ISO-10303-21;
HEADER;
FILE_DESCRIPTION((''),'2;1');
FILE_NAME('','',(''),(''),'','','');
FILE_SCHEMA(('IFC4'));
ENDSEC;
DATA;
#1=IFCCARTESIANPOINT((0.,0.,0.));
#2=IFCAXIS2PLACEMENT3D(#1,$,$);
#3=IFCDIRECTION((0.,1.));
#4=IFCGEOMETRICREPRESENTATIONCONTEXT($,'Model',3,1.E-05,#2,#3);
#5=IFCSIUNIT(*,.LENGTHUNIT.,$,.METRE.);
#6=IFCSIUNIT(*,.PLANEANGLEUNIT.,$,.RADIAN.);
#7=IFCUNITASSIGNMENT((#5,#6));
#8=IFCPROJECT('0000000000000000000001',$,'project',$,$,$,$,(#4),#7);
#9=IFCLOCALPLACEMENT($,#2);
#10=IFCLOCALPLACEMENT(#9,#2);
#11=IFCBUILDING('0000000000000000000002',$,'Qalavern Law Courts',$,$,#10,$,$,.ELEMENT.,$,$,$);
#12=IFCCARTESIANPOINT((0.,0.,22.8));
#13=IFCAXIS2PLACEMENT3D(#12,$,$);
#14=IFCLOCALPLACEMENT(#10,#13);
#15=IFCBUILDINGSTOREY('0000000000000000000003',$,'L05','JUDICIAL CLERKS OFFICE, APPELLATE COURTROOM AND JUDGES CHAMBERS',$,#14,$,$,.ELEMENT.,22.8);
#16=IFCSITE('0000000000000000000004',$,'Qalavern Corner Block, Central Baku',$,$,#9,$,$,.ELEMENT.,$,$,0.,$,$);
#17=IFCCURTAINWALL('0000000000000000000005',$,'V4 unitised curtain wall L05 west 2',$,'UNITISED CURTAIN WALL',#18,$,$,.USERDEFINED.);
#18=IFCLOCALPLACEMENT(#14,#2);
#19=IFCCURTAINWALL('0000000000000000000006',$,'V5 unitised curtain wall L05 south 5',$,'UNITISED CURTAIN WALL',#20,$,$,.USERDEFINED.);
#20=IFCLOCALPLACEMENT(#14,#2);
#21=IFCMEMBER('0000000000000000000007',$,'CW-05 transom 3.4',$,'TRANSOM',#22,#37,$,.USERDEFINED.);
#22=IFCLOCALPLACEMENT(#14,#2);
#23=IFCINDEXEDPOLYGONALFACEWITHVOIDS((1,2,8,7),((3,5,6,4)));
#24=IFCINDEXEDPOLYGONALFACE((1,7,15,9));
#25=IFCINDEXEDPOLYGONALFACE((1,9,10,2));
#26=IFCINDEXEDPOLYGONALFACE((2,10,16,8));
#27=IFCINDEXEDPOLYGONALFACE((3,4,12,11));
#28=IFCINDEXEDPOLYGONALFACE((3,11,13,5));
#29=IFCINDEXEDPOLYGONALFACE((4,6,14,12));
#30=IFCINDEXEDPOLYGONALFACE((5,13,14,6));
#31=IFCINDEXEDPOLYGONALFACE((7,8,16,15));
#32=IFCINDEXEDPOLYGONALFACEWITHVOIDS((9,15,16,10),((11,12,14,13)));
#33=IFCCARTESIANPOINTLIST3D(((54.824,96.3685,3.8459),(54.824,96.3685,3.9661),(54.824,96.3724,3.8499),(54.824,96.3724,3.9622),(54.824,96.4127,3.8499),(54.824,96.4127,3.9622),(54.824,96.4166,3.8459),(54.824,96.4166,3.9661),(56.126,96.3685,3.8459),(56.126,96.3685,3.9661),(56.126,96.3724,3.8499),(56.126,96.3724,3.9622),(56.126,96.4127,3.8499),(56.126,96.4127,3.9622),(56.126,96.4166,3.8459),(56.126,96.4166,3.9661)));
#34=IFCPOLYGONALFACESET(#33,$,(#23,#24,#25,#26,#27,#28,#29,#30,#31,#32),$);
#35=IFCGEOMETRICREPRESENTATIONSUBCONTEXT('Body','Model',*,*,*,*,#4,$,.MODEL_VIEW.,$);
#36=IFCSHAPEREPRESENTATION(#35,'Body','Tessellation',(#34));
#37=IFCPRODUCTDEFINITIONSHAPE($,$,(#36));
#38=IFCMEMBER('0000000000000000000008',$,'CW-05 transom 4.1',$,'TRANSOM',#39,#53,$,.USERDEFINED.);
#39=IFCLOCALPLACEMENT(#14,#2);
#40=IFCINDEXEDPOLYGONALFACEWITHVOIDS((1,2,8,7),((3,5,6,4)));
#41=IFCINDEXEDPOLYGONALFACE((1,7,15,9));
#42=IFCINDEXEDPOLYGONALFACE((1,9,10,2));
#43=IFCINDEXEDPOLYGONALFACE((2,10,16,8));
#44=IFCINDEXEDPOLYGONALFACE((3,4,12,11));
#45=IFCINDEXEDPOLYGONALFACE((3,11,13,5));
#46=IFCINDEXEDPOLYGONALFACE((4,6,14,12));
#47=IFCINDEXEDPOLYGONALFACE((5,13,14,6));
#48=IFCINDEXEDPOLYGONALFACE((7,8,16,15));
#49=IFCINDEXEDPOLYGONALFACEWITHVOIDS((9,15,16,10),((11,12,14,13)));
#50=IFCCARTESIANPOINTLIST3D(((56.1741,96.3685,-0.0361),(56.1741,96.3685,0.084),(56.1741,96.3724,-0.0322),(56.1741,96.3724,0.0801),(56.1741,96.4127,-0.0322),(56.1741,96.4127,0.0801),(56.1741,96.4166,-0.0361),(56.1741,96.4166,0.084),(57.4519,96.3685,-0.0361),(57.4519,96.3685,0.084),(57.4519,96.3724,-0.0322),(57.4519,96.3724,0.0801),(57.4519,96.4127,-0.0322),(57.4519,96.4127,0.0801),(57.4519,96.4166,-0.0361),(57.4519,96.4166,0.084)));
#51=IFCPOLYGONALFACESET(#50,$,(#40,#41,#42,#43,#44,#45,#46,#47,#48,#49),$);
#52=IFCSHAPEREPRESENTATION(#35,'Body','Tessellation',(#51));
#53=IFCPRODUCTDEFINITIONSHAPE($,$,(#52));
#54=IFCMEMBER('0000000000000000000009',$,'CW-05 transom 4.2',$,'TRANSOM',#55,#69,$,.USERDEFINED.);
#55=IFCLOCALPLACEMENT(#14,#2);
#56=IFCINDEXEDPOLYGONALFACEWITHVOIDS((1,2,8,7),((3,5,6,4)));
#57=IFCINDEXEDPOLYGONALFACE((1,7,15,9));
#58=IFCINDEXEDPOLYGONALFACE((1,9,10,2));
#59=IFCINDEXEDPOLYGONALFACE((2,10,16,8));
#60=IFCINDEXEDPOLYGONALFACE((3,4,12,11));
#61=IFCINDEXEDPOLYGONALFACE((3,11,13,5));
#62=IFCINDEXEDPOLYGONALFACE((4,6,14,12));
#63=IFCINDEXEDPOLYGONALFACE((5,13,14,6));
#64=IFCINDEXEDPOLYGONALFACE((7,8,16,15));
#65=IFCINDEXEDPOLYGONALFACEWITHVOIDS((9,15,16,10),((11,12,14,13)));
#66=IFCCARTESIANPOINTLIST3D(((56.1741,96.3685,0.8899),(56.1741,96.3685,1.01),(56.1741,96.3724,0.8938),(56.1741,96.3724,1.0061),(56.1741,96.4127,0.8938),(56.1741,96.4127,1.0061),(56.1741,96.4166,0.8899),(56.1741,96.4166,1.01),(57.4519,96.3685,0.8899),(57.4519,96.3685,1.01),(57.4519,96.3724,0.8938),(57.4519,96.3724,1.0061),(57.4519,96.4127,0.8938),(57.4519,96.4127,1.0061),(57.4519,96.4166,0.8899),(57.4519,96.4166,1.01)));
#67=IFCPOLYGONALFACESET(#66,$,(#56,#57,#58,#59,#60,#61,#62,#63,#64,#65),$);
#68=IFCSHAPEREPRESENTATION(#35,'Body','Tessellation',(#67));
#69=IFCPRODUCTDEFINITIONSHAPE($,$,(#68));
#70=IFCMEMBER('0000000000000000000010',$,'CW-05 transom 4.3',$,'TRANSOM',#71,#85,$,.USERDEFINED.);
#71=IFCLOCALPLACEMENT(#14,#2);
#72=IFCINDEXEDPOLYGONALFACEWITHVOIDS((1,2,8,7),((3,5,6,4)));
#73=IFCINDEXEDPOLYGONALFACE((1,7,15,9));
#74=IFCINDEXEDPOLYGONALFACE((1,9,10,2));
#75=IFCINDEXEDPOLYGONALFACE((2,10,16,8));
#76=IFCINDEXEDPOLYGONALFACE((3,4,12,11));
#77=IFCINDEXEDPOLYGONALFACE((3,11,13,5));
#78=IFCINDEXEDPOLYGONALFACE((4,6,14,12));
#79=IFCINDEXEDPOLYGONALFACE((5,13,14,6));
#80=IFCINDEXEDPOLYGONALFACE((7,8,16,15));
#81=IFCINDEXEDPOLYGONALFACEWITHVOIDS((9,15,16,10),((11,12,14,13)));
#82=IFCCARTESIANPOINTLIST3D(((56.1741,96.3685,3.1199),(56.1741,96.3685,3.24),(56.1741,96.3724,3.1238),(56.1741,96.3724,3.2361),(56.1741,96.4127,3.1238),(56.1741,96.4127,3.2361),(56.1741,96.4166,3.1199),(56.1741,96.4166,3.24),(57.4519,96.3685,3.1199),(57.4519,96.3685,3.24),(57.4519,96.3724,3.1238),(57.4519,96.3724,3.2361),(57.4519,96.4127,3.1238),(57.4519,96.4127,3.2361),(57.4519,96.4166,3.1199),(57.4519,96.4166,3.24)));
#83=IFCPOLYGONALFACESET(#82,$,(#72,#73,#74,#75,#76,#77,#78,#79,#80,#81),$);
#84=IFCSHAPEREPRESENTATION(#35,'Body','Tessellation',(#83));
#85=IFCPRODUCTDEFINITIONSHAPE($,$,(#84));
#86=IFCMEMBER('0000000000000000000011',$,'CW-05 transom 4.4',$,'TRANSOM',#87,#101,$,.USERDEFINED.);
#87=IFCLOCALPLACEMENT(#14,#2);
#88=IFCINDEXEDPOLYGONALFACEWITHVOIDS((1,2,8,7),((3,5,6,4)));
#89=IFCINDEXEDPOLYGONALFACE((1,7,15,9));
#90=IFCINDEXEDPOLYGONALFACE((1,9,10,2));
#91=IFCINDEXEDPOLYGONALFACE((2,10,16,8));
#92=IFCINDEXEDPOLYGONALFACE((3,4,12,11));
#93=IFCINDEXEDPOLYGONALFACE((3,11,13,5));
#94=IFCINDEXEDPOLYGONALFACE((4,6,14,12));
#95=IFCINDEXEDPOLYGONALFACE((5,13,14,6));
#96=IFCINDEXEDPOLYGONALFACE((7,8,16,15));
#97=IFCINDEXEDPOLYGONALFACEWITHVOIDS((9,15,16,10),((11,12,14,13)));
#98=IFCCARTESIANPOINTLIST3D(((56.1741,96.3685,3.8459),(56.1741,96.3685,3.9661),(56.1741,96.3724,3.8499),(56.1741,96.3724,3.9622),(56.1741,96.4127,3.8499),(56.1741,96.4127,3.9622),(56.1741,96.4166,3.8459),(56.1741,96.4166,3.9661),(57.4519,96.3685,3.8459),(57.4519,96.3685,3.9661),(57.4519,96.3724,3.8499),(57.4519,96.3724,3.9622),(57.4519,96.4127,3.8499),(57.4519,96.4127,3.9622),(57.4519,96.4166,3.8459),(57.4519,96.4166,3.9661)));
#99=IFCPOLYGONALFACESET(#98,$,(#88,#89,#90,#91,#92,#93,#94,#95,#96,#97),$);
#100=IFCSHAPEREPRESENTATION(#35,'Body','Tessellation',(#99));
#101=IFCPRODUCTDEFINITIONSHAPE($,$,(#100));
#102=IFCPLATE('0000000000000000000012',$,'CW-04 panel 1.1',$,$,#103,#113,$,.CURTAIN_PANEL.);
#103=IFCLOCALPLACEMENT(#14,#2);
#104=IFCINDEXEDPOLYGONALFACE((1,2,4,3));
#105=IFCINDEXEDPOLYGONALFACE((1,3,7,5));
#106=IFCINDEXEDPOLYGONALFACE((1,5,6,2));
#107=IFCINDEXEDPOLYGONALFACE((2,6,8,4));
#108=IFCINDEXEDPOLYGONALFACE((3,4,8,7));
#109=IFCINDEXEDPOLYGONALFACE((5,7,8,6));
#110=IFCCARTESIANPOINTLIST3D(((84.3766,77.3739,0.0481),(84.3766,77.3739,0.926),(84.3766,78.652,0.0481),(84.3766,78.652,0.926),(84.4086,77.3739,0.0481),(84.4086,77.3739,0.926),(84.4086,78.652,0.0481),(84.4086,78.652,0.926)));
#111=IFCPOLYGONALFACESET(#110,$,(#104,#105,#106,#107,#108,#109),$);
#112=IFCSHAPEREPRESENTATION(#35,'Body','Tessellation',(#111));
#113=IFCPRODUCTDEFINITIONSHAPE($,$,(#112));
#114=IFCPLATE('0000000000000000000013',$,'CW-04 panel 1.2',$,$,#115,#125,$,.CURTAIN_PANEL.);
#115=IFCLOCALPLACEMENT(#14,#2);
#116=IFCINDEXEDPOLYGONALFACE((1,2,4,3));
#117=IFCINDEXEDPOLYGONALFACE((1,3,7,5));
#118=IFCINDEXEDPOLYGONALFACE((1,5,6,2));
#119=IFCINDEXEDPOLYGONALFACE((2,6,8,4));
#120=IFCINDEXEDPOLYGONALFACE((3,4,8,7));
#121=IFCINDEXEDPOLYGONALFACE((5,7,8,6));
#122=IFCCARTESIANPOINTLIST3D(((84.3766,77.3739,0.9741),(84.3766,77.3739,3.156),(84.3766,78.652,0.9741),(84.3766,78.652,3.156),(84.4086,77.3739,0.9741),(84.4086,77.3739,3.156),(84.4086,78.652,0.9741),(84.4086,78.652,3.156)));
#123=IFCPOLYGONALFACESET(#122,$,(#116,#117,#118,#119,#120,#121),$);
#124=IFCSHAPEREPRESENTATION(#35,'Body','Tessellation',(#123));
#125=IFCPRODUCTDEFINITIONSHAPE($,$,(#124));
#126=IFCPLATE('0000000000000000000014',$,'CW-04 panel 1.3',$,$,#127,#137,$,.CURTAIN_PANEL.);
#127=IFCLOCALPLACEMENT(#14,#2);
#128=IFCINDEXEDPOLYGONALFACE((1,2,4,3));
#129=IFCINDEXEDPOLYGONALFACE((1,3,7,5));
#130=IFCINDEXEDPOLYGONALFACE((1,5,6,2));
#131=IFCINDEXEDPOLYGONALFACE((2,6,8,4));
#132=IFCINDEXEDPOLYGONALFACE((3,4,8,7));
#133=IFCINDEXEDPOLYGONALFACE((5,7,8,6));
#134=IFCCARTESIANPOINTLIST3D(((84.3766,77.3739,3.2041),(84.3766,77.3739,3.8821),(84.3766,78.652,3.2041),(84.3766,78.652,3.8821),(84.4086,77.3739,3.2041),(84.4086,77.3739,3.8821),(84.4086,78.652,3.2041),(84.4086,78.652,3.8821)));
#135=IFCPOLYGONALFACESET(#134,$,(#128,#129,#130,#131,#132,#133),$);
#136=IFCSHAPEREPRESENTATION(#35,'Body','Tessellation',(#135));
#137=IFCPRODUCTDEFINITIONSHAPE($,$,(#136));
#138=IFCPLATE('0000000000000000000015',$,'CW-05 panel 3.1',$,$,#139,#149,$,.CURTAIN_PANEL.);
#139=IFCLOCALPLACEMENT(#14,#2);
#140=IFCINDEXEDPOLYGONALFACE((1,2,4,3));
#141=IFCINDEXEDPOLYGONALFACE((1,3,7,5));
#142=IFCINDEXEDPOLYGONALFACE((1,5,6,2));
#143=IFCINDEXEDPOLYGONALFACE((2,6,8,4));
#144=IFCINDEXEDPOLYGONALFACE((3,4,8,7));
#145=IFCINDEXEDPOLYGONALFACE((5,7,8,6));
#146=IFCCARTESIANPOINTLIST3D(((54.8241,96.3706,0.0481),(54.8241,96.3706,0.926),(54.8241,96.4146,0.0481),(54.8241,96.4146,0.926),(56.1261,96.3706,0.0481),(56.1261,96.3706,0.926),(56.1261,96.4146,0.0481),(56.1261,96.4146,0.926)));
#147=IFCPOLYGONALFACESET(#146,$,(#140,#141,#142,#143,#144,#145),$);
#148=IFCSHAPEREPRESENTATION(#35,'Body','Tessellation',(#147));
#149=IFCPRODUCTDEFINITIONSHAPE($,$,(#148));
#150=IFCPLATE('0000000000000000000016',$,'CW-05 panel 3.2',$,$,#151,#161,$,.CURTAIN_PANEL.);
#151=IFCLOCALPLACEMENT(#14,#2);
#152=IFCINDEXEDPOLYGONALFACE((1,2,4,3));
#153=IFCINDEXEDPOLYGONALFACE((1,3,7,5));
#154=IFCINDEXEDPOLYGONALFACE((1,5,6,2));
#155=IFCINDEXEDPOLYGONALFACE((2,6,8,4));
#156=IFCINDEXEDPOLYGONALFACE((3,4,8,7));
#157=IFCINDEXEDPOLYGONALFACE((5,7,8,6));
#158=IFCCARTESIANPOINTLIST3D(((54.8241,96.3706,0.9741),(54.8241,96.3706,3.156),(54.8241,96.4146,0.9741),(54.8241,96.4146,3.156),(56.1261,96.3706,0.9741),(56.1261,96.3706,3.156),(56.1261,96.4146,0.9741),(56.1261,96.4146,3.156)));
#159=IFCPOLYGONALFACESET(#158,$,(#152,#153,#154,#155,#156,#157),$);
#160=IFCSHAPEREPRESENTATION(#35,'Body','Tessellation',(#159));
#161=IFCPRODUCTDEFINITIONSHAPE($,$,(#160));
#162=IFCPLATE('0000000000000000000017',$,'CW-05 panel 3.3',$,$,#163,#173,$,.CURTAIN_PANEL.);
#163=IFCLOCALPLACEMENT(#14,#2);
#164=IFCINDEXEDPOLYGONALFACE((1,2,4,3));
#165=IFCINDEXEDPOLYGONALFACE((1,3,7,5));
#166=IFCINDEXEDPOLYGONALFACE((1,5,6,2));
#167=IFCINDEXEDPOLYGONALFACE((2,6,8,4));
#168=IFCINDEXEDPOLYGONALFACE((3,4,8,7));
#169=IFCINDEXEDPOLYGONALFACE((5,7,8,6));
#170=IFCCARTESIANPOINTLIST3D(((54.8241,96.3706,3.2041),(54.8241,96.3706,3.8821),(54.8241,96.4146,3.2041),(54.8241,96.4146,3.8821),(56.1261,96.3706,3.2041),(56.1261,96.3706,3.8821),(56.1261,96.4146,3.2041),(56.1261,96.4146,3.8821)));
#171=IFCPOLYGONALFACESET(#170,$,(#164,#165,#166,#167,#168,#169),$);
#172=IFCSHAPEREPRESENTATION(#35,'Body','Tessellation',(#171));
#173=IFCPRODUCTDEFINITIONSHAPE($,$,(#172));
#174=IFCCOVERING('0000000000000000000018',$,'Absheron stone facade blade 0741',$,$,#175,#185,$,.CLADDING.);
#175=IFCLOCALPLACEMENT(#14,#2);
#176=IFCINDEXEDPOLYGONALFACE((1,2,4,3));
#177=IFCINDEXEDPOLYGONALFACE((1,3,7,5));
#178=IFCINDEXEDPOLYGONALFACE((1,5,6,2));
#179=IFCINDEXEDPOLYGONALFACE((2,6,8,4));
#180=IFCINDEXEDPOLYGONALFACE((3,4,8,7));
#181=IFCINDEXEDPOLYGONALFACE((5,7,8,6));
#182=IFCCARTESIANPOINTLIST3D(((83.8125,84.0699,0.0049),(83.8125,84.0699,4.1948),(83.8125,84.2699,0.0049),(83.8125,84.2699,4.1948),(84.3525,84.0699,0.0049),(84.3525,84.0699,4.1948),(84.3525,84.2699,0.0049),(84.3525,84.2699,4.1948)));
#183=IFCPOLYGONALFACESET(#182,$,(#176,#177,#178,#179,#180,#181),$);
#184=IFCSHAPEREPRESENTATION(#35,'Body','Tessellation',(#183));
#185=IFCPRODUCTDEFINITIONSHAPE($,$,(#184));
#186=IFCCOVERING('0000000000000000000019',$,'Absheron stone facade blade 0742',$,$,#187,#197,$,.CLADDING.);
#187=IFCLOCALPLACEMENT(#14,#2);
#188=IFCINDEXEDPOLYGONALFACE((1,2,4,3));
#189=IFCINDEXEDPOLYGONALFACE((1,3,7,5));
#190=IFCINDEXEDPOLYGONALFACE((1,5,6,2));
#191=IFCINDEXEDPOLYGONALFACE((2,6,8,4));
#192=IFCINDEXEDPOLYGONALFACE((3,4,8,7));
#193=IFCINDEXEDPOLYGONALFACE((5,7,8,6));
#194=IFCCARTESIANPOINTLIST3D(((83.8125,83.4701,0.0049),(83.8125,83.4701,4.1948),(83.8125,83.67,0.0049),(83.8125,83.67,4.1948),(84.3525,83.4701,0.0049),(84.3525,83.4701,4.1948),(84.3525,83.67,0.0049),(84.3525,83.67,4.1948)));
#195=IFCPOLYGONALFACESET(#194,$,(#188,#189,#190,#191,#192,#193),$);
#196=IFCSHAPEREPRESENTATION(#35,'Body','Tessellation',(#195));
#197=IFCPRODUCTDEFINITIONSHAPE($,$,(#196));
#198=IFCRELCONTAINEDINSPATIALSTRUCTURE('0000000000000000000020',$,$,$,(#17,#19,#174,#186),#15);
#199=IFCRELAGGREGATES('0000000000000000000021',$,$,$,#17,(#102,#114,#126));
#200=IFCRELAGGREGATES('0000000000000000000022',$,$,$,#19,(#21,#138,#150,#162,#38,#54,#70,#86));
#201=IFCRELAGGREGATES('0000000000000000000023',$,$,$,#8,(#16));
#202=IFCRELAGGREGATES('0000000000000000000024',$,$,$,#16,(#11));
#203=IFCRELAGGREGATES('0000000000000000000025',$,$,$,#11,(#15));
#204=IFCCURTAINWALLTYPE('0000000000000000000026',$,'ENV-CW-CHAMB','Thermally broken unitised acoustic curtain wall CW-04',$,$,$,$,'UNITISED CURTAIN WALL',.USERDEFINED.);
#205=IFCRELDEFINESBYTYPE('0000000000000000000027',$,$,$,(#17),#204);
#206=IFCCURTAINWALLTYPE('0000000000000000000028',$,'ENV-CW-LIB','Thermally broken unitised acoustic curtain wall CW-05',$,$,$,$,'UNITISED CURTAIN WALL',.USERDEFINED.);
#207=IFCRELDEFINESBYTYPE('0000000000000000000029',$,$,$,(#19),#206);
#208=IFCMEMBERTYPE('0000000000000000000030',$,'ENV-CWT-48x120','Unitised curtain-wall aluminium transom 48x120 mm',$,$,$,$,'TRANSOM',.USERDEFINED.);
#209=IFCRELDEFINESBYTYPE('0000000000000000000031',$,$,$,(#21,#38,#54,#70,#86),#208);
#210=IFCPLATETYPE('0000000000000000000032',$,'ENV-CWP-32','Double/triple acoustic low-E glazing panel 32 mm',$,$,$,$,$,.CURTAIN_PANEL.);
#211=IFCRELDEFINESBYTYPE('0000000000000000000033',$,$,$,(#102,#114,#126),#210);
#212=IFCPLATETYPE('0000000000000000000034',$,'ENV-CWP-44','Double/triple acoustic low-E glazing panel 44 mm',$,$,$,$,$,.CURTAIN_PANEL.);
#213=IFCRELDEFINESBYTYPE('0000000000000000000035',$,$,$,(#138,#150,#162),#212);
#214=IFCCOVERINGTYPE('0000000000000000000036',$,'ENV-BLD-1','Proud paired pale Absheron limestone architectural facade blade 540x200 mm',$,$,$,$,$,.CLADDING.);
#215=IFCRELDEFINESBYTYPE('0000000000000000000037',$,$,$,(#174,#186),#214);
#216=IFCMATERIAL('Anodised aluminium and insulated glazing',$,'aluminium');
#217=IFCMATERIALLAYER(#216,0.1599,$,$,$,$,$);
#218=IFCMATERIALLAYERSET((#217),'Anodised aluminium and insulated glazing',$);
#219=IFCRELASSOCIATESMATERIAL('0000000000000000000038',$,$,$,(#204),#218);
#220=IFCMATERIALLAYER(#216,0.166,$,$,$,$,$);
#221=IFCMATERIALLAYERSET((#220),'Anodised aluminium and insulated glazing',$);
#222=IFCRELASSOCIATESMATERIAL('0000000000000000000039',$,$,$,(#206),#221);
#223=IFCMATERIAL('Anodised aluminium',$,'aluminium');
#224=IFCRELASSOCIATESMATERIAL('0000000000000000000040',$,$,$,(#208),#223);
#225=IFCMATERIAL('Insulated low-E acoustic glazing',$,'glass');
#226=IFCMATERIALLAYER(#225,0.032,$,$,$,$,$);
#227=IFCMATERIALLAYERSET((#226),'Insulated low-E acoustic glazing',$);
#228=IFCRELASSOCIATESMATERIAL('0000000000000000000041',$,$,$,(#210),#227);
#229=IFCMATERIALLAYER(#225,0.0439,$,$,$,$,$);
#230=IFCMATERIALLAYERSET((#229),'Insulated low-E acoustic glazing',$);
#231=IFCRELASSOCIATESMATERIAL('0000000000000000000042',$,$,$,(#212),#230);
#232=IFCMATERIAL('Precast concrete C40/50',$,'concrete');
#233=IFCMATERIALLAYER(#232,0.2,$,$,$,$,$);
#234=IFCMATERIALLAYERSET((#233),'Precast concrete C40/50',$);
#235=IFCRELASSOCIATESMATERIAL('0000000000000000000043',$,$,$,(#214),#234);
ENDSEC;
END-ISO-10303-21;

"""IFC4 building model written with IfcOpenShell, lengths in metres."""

from ifc_helpers import new_model, si_unit, direction, frame, origin, origin_2d, place, context, subcontext, project, spatial, rectangle, hollow_rectangle, extrude, material, layer, layer_set, material_profile, profile_set, type_object, element, aggregate, save


model = new_model("IFC4")

# Units and contexts
model_context = context("Model", 3, precision=1e-05, world=origin(), true_north=direction((0.0, 1.0)))
body_context = subcontext(model_context, "Body", "Model", "MODEL_VIEW")
ifc_project = project(units=[si_unit("LENGTHUNIT", "METRE"), si_unit("PLANEANGLEUNIT", "RADIAN")], contexts=[model_context])

# Site, building, storey
site_placement = place(None, origin())
site = spatial("IfcSite", under=ifc_project, at=site_placement, Name="Qalavern Corner Block, Central Baku", CompositionType="ELEMENT", RefElevation=0.0)
building_placement = place(site_placement, origin())
building = spatial("IfcBuilding", under=site, at=building_placement, Name="Qalavern Law Courts", CompositionType="ELEMENT")
storey_placement = place(building_placement, frame((0.0, 0.0, 22.8)))
storey = spatial("IfcBuildingStorey", under=building, at=storey_placement, Name="L05", Description="JUDICIAL CLERKS OFFICE, APPELLATE COURTROOM AND JUDGES CHAMBERS", CompositionType="ELEMENT", Elevation=22.8)

# Curtain wall
ifc_material_1 = material(Name="Anodised aluminium and insulated glazing", Category="aluminium")
ifc_layer_1 = layer(ifc_material_1, 0.1599)
ifc_layer_set_1 = layer_set([ifc_layer_1], Name="Anodised aluminium and insulated glazing")
curtain_wall_type_1 = type_object("IfcCurtainWallType", Name="ENV-CW-CHAMB", Description="Thermally broken unitised acoustic curtain wall CW-04", ElementType="UNITISED CURTAIN WALL", PredefinedType="USERDEFINED", material=ifc_layer_set_1)
curtain_wall_1_placement = place(storey_placement, origin())
curtain_wall_1 = element("IfcCurtainWall", 1, at=curtain_wall_1_placement, inside=storey, type_object=curtain_wall_type_1, Name="V4 unitised curtain wall L05 west 2", ObjectType="UNITISED CURTAIN WALL", PredefinedType="USERDEFINED")
ifc_material_2 = material(Name="Anodised aluminium", Category="aluminium")

# Curtain wall
ifc_layer_2 = layer(ifc_material_1, 0.166)
ifc_layer_set_2 = layer_set([ifc_layer_2], Name="Anodised aluminium and insulated glazing")
curtain_wall_type_2 = type_object("IfcCurtainWallType", Name="ENV-CW-LIB", Description="Thermally broken unitised acoustic curtain wall CW-05", ElementType="UNITISED CURTAIN WALL", PredefinedType="USERDEFINED", material=ifc_layer_set_2)
curtain_wall_2_placement = place(storey_placement, origin())
curtain_wall_2 = element("IfcCurtainWall", 2, at=curtain_wall_2_placement, inside=storey, type_object=curtain_wall_type_2, Name="V5 unitised curtain wall L05 south 5", ObjectType="UNITISED CURTAIN WALL", PredefinedType="USERDEFINED")

# Members
ifc_material_profile_1 = material_profile(ifc_material_2, hollow_rectangle(XDim=0.0481, YDim=0.1201, WallThickness=0.0039, at=origin_2d()), Name="ALU TRANSOM 48x120")
ifc_profile_set_1 = profile_set([ifc_material_profile_1], Name="Anodised aluminium")
member_type_1 = type_object("IfcMemberType", Name="ENV-CWT-48x120", Description="Unitised curtain-wall aluminium transom 48x120 mm", ElementType="TRANSOM", PredefinedType="USERDEFINED", material=ifc_profile_set_1)
member_1_placement = place(storey_placement, frame((54.824, 96.3926, 3.906), z_axis=(1.0, 0.0, 0.0), x_axis=(0.0, 1.0, 0.0)))
member_1 = element("IfcMember", 3, at=member_1_placement, type_object=member_type_1, Name="CW-05 transom 3.4", ObjectType="TRANSOM", PredefinedType="USERDEFINED", context=body_context, shape_type="SweptSolid", body=[
    extrude(hollow_rectangle(XDim=0.0481, YDim=0.1201, WallThickness=0.0039, at=origin_2d()), origin(), (0.0, 0.0, 1.0), 1.302),
])
member_2_placement = place(storey_placement, frame((56.1741, 96.3926, 0.0239), z_axis=(1.0, 0.0, 0.0), x_axis=(0.0, 1.0, 0.0)))
member_2 = element("IfcMember", 4, at=member_2_placement, type_object=member_type_1, Name="CW-05 transom 4.1", ObjectType="TRANSOM", PredefinedType="USERDEFINED", context=body_context, shape_type="SweptSolid", body=[
    extrude(hollow_rectangle(XDim=0.0481, YDim=0.1201, WallThickness=0.0039, at=origin_2d()), origin(), (0.0, 0.0, 1.0), 1.2778),
])
member_3_placement = place(storey_placement, frame((56.1741, 96.3926, 0.95), z_axis=(1.0, 0.0, 0.0), x_axis=(0.0, 1.0, 0.0)))
member_3 = element("IfcMember", 5, at=member_3_placement, type_object=member_type_1, Name="CW-05 transom 4.2", ObjectType="TRANSOM", PredefinedType="USERDEFINED", context=body_context, shape_type="SweptSolid", body=[
    extrude(hollow_rectangle(XDim=0.0481, YDim=0.1201, WallThickness=0.0039, at=origin_2d()), origin(), (0.0, 0.0, 1.0), 1.2778),
])
member_4_placement = place(storey_placement, frame((56.1741, 96.3926, 3.1799), z_axis=(1.0, 0.0, 0.0), x_axis=(0.0, 1.0, 0.0)))
member_4 = element("IfcMember", 6, at=member_4_placement, type_object=member_type_1, Name="CW-05 transom 4.3", ObjectType="TRANSOM", PredefinedType="USERDEFINED", context=body_context, shape_type="SweptSolid", body=[
    extrude(hollow_rectangle(XDim=0.0481, YDim=0.1201, WallThickness=0.0039, at=origin_2d()), origin(), (0.0, 0.0, 1.0), 1.2778),
])
member_5_placement = place(storey_placement, frame((56.1741, 96.3926, 3.906), z_axis=(1.0, 0.0, 0.0), x_axis=(0.0, 1.0, 0.0)))
member_5 = element("IfcMember", 7, at=member_5_placement, type_object=member_type_1, Name="CW-05 transom 4.4", ObjectType="TRANSOM", PredefinedType="USERDEFINED", context=body_context, shape_type="SweptSolid", body=[
    extrude(hollow_rectangle(XDim=0.0481, YDim=0.1201, WallThickness=0.0039, at=origin_2d()), origin(), (0.0, 0.0, 1.0), 1.2778),
])

# Plates
ifc_material_3 = material(Name="Insulated low-E acoustic glazing", Category="glass")
ifc_layer_3 = layer(ifc_material_3, 0.032)
ifc_layer_set_3 = layer_set([ifc_layer_3], Name="Insulated low-E acoustic glazing")
plate_type_1 = type_object("IfcPlateType", Name="ENV-CWP-32", Description="Double/triple acoustic low-E glazing panel 32 mm", PredefinedType="CURTAIN_PANEL", material=ifc_layer_set_3)
plate_1_placement = place(storey_placement, frame((84.3926, 78.0129, 0.0481), z_axis=(0.0, 0.0, 1.0), x_axis=(0.0, -1.0, 0.0)))
plate_1 = element("IfcPlate", 8, at=plate_1_placement, type_object=plate_type_1, Name="CW-04 panel 1.1", PredefinedType="CURTAIN_PANEL", context=body_context, shape_type="SweptSolid", body=[
    extrude(rectangle(XDim=1.2781, YDim=0.032, at=origin_2d()), origin(), (0.0, 0.0, 1.0), 0.8779),
])
plate_2_placement = place(storey_placement, frame((84.3926, 78.0129, 0.9741), z_axis=(0.0, 0.0, 1.0), x_axis=(0.0, -1.0, 0.0)))
plate_2 = element("IfcPlate", 9, at=plate_2_placement, type_object=plate_type_1, Name="CW-04 panel 1.2", PredefinedType="CURTAIN_PANEL", context=body_context, shape_type="SweptSolid", body=[
    extrude(rectangle(XDim=1.2781, YDim=0.032, at=origin_2d()), origin(), (0.0, 0.0, 1.0), 2.1819),
])
plate_3_placement = place(storey_placement, frame((84.3926, 78.0129, 3.2041), z_axis=(0.0, 0.0, 1.0), x_axis=(0.0, -1.0, 0.0)))
plate_3 = element("IfcPlate", 10, at=plate_3_placement, type_object=plate_type_1, Name="CW-04 panel 1.3", PredefinedType="CURTAIN_PANEL", context=body_context, shape_type="SweptSolid", body=[
    extrude(rectangle(XDim=1.2781, YDim=0.032, at=origin_2d()), origin(), (0.0, 0.0, 1.0), 0.678),
])
aggregate(curtain_wall_1, [plate_1, plate_2, plate_3])
ifc_layer_4 = layer(ifc_material_3, 0.0439)
ifc_layer_set_4 = layer_set([ifc_layer_4], Name="Insulated low-E acoustic glazing")
plate_type_2 = type_object("IfcPlateType", Name="ENV-CWP-44", Description="Double/triple acoustic low-E glazing panel 44 mm", PredefinedType="CURTAIN_PANEL", material=ifc_layer_set_4)
plate_4_placement = place(storey_placement, frame((55.4751, 96.3926, 0.0481), z_axis=(0.0, 0.0, 1.0), x_axis=(1.0, 0.0, 0.0)))
plate_4 = element("IfcPlate", 11, at=plate_4_placement, type_object=plate_type_2, Name="CW-05 panel 3.1", PredefinedType="CURTAIN_PANEL", context=body_context, shape_type="SweptSolid", body=[
    extrude(rectangle(XDim=1.302, YDim=0.0439, at=origin_2d()), origin(), (0.0, 0.0, 1.0), 0.8779),
])
plate_5_placement = place(storey_placement, frame((55.4751, 96.3926, 0.9741), z_axis=(0.0, 0.0, 1.0), x_axis=(1.0, 0.0, 0.0)))
plate_5 = element("IfcPlate", 12, at=plate_5_placement, type_object=plate_type_2, Name="CW-05 panel 3.2", PredefinedType="CURTAIN_PANEL", context=body_context, shape_type="SweptSolid", body=[
    extrude(rectangle(XDim=1.302, YDim=0.0439, at=origin_2d()), origin(), (0.0, 0.0, 1.0), 2.1819),
])
plate_6_placement = place(storey_placement, frame((55.4751, 96.3926, 3.2041), z_axis=(0.0, 0.0, 1.0), x_axis=(1.0, 0.0, 0.0)))
plate_6 = element("IfcPlate", 13, at=plate_6_placement, type_object=plate_type_2, Name="CW-05 panel 3.3", PredefinedType="CURTAIN_PANEL", context=body_context, shape_type="SweptSolid", body=[
    extrude(rectangle(XDim=1.302, YDim=0.0439, at=origin_2d()), origin(), (0.0, 0.0, 1.0), 0.678),
])
aggregate(curtain_wall_2, [member_1, plate_4, plate_5, plate_6, member_2, member_3, member_4, member_5])

# Coverings
ifc_material_4 = material(Name="Precast concrete C40/50", Category="concrete")
ifc_layer_5 = layer(ifc_material_4, 0.2)
ifc_layer_set_5 = layer_set([ifc_layer_5], Name="Precast concrete C40/50")
covering_type_1 = type_object("IfcCoveringType", Name="ENV-BLD-1", Description="Proud paired pale Absheron limestone architectural facade blade 540x200 mm", PredefinedType="CLADDING", material=ifc_layer_set_5)
for number, where, z_axis, x_axis, name in (
    (14, (84.0825, 84.1699, 0.0049), (0.0, 0.0, 1.0), (-1.0, 0.0, 0.0), "Absheron stone facade blade 0741"),
    (15, (84.0825, 83.5701, 0.0049), (0.0, 0.0, 1.0), (-1.0, 0.0, 0.0), "Absheron stone facade blade 0742"),
):
    element("IfcCovering", number, at=place(storey_placement, frame(where, z_axis=z_axis, x_axis=x_axis)), inside=storey, type_object=covering_type_1, Name=name, PredefinedType="CLADDING", context=body_context, shape_type="SweptSolid", body=[
        extrude(rectangle(XDim=0.54, YDim=0.2, at=origin_2d()), origin(), (0.0, 0.0, 1.0), 4.1899),
    ])

save(model, "model.ifc")
